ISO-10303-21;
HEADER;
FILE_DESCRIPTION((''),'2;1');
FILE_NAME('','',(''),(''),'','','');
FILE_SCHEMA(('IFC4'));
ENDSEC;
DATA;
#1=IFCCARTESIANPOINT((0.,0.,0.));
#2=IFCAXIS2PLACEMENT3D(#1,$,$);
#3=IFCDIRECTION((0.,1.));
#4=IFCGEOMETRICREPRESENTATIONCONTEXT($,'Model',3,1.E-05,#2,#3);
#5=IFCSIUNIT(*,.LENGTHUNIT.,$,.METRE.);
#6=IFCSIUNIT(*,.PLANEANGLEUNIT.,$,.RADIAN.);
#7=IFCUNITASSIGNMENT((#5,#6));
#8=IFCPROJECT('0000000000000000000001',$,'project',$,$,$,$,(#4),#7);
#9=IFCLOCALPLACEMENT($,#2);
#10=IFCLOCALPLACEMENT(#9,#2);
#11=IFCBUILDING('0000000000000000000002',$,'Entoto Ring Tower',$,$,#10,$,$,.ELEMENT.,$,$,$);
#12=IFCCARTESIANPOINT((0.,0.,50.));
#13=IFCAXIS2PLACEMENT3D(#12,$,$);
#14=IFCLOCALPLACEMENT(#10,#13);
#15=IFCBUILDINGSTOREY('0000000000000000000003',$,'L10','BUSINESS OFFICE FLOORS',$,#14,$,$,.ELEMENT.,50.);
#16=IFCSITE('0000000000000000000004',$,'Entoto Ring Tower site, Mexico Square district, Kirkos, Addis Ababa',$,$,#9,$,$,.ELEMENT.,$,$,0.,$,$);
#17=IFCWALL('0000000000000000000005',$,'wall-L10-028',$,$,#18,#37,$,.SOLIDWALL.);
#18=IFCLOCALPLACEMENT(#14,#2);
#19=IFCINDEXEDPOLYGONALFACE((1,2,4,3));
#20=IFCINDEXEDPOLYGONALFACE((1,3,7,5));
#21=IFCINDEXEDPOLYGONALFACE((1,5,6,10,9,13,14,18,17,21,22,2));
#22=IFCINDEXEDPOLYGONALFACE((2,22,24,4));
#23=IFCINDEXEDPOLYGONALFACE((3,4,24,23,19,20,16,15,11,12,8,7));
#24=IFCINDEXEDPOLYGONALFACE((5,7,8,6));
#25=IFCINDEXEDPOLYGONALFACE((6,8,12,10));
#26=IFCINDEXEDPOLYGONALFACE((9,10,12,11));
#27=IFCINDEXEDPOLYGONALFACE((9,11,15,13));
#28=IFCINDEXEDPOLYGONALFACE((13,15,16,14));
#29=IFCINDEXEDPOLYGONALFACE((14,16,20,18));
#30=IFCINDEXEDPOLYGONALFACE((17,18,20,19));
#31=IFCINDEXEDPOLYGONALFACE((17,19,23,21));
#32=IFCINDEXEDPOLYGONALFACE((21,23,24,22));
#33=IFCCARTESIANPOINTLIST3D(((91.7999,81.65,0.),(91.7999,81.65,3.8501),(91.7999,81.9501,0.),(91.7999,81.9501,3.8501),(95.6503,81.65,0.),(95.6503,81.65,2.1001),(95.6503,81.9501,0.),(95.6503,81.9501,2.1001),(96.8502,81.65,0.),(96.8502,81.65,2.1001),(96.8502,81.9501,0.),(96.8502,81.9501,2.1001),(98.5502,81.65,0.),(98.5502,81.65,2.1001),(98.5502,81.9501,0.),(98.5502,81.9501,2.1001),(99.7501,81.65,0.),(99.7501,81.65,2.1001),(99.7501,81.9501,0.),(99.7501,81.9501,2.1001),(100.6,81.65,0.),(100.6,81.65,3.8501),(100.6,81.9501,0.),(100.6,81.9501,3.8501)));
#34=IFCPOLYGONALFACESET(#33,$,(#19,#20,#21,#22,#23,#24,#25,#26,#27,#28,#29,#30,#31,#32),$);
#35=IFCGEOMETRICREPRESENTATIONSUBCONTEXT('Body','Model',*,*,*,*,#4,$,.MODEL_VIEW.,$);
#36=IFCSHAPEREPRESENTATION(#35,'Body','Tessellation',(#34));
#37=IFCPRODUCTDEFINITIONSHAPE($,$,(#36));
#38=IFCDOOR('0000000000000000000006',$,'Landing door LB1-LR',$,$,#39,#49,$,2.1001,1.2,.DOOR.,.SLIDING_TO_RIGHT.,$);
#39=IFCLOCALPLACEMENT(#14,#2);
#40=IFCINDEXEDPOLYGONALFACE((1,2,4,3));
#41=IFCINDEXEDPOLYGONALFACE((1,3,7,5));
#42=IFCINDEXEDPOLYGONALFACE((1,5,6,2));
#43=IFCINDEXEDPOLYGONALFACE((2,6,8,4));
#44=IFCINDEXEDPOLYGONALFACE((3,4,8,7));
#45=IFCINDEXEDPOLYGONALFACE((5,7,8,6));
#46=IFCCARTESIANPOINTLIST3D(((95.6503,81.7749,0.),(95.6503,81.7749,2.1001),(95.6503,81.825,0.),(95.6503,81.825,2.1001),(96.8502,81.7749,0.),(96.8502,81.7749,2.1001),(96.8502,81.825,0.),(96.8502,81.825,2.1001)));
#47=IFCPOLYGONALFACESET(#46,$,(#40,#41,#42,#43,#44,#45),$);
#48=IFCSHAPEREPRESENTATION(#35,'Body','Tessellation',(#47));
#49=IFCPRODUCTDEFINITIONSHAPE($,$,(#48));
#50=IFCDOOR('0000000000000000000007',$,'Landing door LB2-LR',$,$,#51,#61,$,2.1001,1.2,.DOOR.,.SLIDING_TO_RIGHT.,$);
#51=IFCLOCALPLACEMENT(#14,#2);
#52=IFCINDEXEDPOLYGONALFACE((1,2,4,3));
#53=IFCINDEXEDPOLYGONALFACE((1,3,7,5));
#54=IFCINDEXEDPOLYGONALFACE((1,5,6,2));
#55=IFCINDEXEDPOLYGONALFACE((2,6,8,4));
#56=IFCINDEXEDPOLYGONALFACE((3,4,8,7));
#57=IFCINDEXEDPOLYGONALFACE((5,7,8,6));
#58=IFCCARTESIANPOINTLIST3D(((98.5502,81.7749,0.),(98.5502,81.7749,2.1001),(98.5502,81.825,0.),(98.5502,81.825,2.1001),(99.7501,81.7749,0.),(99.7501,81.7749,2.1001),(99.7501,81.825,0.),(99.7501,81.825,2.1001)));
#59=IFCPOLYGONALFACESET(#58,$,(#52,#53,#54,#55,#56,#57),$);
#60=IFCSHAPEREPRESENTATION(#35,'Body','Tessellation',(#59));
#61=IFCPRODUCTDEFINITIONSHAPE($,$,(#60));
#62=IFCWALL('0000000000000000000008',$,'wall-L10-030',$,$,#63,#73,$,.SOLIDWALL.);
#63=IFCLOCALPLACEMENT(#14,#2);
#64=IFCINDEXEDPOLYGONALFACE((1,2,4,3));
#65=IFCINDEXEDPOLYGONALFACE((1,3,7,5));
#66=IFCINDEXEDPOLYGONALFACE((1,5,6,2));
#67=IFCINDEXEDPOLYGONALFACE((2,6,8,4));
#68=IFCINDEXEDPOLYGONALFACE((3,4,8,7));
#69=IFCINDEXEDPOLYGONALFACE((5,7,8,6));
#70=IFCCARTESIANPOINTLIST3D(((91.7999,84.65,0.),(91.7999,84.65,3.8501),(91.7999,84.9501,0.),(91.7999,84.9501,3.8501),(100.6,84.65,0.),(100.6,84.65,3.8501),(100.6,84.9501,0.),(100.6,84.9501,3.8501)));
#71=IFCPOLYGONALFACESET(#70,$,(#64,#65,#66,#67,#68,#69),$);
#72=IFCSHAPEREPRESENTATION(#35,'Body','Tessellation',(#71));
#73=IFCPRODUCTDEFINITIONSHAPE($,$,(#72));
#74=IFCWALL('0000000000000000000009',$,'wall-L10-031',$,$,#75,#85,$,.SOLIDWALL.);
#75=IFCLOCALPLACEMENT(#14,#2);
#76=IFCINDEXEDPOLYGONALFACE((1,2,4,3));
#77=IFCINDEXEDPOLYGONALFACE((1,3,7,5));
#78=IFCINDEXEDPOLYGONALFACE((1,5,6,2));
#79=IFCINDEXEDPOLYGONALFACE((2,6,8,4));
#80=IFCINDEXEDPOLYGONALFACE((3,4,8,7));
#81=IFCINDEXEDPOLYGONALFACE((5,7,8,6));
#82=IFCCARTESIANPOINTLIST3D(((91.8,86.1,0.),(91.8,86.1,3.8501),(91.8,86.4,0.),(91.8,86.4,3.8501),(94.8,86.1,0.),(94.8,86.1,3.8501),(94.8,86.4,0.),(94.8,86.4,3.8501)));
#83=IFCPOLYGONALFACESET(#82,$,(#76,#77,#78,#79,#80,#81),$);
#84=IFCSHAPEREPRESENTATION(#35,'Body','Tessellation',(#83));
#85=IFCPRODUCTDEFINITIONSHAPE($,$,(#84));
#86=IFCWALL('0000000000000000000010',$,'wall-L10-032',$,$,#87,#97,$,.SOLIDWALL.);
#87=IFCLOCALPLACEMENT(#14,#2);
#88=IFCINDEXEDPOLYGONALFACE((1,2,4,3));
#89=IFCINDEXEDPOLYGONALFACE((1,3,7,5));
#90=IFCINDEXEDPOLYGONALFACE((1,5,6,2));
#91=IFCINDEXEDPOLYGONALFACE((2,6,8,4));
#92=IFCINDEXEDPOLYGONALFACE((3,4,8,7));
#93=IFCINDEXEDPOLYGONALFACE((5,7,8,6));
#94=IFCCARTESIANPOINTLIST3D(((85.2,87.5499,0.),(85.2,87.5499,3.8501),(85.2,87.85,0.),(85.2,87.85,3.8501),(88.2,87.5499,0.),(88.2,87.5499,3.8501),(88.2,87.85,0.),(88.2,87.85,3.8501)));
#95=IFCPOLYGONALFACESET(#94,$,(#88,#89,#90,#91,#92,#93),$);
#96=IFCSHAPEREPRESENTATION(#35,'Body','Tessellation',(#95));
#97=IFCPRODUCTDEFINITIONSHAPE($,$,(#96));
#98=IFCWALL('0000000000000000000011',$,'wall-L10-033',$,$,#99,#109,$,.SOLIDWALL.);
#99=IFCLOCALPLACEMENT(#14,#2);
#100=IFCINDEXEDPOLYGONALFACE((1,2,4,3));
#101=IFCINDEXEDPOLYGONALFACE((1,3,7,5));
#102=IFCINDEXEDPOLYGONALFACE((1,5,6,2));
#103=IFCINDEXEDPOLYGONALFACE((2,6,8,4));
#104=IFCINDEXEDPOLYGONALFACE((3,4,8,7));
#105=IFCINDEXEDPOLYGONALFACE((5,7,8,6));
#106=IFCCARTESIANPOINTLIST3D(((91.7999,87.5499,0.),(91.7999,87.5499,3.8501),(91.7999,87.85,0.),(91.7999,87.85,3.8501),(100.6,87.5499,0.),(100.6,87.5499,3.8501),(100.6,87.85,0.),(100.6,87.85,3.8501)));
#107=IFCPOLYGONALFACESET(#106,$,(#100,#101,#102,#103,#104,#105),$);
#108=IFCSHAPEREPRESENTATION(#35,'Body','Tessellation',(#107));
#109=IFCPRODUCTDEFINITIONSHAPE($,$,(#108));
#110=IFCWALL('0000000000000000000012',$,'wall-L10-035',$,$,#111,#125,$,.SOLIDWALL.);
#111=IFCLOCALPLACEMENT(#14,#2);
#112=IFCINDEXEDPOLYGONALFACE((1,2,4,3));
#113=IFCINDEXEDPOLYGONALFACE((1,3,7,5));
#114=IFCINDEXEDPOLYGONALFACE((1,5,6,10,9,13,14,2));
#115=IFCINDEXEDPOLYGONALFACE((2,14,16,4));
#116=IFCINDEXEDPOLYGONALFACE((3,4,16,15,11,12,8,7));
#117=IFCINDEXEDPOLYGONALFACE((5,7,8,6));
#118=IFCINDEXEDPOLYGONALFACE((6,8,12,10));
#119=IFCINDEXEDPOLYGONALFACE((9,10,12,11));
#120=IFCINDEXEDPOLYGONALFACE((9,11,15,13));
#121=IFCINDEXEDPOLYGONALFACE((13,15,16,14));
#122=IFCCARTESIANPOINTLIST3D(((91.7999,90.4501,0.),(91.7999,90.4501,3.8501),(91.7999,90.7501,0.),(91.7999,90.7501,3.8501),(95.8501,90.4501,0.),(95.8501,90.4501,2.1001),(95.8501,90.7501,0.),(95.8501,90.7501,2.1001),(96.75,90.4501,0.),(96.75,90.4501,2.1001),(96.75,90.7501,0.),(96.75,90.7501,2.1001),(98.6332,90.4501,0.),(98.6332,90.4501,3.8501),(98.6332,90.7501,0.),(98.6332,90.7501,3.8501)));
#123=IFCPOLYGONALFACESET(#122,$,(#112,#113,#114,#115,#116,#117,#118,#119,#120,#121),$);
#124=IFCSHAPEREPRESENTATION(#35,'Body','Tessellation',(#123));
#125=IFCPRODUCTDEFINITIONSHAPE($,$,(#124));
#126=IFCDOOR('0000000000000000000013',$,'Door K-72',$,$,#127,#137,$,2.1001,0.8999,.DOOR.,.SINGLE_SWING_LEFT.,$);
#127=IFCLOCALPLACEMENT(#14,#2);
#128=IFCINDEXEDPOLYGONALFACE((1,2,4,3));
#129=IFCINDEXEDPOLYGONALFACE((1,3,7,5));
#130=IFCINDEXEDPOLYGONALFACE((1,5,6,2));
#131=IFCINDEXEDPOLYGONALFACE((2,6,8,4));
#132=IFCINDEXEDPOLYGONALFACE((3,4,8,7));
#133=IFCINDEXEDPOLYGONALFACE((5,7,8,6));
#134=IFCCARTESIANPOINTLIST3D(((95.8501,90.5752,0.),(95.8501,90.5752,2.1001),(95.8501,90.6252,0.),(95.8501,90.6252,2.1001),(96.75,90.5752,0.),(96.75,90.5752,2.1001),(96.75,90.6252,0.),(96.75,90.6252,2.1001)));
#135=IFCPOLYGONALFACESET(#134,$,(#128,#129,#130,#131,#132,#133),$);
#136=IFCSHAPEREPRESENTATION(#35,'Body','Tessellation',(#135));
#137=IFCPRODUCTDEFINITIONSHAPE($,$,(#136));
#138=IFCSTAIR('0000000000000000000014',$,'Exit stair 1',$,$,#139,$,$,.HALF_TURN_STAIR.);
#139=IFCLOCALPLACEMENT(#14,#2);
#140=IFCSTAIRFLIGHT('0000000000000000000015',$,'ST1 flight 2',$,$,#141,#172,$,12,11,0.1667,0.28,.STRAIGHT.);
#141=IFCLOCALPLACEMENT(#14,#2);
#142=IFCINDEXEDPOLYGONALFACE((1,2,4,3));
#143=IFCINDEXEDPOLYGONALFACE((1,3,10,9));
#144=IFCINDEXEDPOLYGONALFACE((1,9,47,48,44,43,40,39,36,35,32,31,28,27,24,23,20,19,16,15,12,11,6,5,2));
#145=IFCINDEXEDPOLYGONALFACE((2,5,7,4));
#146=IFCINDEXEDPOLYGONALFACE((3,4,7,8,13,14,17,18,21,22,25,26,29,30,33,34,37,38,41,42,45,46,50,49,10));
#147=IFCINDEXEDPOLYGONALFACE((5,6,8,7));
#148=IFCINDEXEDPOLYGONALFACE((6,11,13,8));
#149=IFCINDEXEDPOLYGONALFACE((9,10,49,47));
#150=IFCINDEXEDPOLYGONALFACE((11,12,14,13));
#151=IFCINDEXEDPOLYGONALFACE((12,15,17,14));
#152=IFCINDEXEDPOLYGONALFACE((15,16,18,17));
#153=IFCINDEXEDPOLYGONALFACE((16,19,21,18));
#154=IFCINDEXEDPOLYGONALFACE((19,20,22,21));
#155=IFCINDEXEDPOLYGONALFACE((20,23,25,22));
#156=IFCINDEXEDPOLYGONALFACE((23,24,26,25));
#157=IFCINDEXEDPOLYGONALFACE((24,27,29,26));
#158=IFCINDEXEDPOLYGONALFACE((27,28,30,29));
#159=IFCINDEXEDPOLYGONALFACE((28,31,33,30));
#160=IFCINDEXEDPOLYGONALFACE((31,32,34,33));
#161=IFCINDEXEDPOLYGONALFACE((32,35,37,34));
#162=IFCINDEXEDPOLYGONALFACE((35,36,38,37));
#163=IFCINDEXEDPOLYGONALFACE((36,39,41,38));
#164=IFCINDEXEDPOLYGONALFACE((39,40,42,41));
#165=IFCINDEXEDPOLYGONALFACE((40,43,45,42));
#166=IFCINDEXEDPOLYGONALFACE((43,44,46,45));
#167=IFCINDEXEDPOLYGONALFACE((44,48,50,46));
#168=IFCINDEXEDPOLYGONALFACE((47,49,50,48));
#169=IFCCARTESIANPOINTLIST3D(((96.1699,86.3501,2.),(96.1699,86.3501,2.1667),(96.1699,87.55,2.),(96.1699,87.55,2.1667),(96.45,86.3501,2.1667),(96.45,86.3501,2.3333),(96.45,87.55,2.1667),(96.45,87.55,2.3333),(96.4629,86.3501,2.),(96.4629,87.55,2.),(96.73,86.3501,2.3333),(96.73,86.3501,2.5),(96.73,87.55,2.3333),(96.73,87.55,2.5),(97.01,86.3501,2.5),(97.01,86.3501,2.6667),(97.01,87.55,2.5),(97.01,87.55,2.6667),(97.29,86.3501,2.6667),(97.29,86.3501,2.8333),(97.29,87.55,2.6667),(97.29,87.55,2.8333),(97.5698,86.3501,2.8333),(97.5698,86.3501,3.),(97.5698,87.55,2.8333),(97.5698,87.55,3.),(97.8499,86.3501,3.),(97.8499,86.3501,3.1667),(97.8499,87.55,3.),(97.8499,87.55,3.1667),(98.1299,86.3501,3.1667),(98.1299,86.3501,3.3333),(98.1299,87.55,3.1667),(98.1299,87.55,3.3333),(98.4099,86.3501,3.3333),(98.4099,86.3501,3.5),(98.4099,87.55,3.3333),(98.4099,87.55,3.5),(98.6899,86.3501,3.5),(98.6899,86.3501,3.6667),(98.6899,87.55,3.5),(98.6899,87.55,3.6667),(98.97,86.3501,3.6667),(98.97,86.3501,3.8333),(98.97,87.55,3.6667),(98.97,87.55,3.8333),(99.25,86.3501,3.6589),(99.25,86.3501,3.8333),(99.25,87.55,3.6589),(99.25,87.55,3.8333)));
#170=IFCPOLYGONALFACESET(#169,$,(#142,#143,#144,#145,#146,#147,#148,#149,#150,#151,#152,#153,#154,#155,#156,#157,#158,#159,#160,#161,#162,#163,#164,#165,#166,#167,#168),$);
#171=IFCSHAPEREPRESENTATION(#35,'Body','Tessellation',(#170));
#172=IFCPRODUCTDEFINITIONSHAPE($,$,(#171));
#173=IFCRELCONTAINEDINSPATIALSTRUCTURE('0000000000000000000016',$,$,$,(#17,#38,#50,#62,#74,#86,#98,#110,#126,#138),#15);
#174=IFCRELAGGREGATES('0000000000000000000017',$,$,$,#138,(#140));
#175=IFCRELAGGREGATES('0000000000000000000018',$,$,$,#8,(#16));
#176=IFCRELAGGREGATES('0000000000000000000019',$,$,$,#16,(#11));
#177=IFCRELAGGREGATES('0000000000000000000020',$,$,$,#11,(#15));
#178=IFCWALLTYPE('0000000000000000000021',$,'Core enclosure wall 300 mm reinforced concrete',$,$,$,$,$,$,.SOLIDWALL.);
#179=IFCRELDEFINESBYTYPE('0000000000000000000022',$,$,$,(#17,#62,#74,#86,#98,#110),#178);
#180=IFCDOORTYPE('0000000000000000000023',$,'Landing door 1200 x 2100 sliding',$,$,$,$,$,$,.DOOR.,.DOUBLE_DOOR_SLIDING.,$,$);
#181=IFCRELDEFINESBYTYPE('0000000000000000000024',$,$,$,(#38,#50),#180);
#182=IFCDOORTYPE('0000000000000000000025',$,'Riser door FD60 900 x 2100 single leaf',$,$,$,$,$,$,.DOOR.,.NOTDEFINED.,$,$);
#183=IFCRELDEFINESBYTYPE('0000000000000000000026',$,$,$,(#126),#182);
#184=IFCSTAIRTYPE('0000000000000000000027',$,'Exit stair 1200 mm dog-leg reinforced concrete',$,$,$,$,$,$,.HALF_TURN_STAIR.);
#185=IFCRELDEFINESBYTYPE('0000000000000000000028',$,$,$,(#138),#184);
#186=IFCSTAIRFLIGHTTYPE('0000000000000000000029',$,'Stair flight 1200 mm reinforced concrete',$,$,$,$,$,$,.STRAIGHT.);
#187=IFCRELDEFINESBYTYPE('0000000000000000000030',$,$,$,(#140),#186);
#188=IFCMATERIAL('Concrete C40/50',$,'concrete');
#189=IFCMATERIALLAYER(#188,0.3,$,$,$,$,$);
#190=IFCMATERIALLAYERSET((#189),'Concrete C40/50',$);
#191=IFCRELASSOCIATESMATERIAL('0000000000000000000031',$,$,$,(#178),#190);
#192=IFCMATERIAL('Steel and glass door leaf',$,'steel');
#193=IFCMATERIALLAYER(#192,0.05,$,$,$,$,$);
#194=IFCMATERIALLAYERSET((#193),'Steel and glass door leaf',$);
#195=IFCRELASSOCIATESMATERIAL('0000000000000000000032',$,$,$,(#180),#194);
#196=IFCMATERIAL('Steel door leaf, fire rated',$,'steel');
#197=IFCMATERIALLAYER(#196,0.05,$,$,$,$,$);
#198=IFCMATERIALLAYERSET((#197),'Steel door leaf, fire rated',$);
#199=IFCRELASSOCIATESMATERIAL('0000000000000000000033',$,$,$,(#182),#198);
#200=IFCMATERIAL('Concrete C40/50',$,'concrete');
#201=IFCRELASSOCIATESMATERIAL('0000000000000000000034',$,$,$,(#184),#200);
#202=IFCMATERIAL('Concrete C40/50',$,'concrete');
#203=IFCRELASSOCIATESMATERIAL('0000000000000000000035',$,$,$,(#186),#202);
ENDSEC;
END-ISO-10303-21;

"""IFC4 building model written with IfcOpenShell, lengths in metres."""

from ifc_helpers import new_model, si_unit, direction, frame, frame_2d, origin, place, context, subcontext, project, spatial, polyline, rectangle, outline, extrude, material, layer, layer_set, type_object, element, fill, aggregate, save


model = new_model("IFC4")

# Units and contexts
model_context = context("Model", 3, precision=1e-05, world=origin(), true_north=direction((0.0, 1.0)))
body_context = subcontext(model_context, "Body", "Model", "MODEL_VIEW")
ifc_project = project(units=[si_unit("LENGTHUNIT", "METRE"), si_unit("PLANEANGLEUNIT", "RADIAN")], contexts=[model_context])

# Site, building, storey
site_placement = place(None, origin())
site = spatial("IfcSite", under=ifc_project, at=site_placement, Name="Entoto Ring Tower site, Mexico Square district, Kirkos, Addis Ababa", CompositionType="ELEMENT", RefElevation=0.0)
building_placement = place(site_placement, origin())
building = spatial("IfcBuilding", under=site, at=building_placement, Name="Entoto Ring Tower", CompositionType="ELEMENT")
storey_placement = place(building_placement, frame((0.0, 0.0, 50.0)))
storey = spatial("IfcBuildingStorey", under=building, at=storey_placement, Name="L10", Description="BUSINESS OFFICE FLOORS", CompositionType="ELEMENT", Elevation=50.0)

# Shared definitions
ifc_material_1 = material(Name="Concrete C40/50", Category="concrete")
ifc_layer_1 = layer(ifc_material_1, 0.3)
ifc_layer_set_1 = layer_set([ifc_layer_1], Name="Concrete C40/50")
wall_type = type_object("IfcWallType", Name="Core enclosure wall 300 mm reinforced concrete", PredefinedType="SOLIDWALL", material=ifc_layer_set_1)

# Wall, openings, doors
ifc_material_2 = material(Name="Steel and glass door leaf", Category="steel")
ifc_layer_2 = layer(ifc_material_2, 0.05)
ifc_layer_set_2 = layer_set([ifc_layer_2], Name="Steel and glass door leaf")
door_type_1 = type_object("IfcDoorType", Name="Landing door 1200 x 2100 sliding", OperationType="DOUBLE_DOOR_SLIDING", PredefinedType="DOOR", material=ifc_layer_set_2)
wall_1_placement = place(storey_placement, frame((91.8, 81.8, 0.0), z_axis=(0.0, 0.0, 1.0), x_axis=(1.0, 0.0, 0.0)))
wall_1 = element("IfcWall", 1, at=wall_1_placement, inside=storey, type_object=wall_type, Name="wall-L10-028", PredefinedType="SOLIDWALL", context=body_context, shape_type="SweptSolid", body=[
    extrude(rectangle(XDim=8.8, YDim=0.3, at=frame_2d((4.3999, 0.0))), origin(), (0.0, 0.0, 1.0), 3.8501),
])
opening_1_placement = place(wall_1_placement, frame((3.8501, 0.0, 0.0)))
opening_1 = element("IfcOpeningElement", 2, at=opening_1_placement, cuts=wall_1, PredefinedType="OPENING", context=body_context, shape_type="SweptSolid", body=[
    extrude(rectangle(XDim=1.2, YDim=2.1001, at=frame_2d((0.6001, 1.05))), frame((0.0, 0.1602, 0.0), z_axis=(0.0, -1.0, 0.0), x_axis=(1.0, 0.0, 0.0)), (0.0, 0.0, 1.0), 0.3201),
])
opening_2_placement = place(wall_1_placement, frame((6.75, 0.0, 0.0)))
opening_2 = element("IfcOpeningElement", 3, at=opening_2_placement, cuts=wall_1, PredefinedType="OPENING", context=body_context, shape_type="SweptSolid", body=[
    extrude(rectangle(XDim=1.2, YDim=2.1001, at=frame_2d((0.6001, 1.05))), frame((0.0, 0.1602, 0.0), z_axis=(0.0, -1.0, 0.0), x_axis=(1.0, 0.0, 0.0)), (0.0, 0.0, 1.0), 0.3201),
])
door_1_placement = place(opening_1_placement, origin())
door_1 = element("IfcDoor", 4, at=door_1_placement, inside=storey, type_object=door_type_1, Name="Landing door LB1-LR", OperationType="SLIDING_TO_RIGHT", OverallHeight=2.1001, OverallWidth=1.2, PredefinedType="DOOR", context=body_context, shape_type="SweptSolid", body=[
    extrude(rectangle(XDim=1.2, YDim=2.1001, at=frame_2d((0.6001, 1.05))), frame((0.0, 0.0249, 0.0), z_axis=(0.0, -1.0, 0.0), x_axis=(1.0, 0.0, 0.0)), (0.0, 0.0, 1.0), 0.05),
])
fill(opening_1, door_1)
door_2_placement = place(opening_2_placement, origin())
door_2 = element("IfcDoor", 5, at=door_2_placement, inside=storey, type_object=door_type_1, Name="Landing door LB2-LR", OperationType="SLIDING_TO_RIGHT", OverallHeight=2.1001, OverallWidth=1.2, PredefinedType="DOOR", context=body_context, shape_type="SweptSolid", body=[
    extrude(rectangle(XDim=1.2, YDim=2.1001, at=frame_2d((0.6001, 1.05))), frame((0.0, 0.0249, 0.0), z_axis=(0.0, -1.0, 0.0), x_axis=(1.0, 0.0, 0.0)), (0.0, 0.0, 1.0), 0.05),
])
fill(opening_2, door_2)

# Walls
wall_2_placement = place(storey_placement, frame((91.8, 84.8, 0.0), z_axis=(0.0, 0.0, 1.0), x_axis=(1.0, 0.0, 0.0)))
element("IfcWall", 6, at=wall_2_placement, inside=storey, type_object=wall_type, Name="wall-L10-030", PredefinedType="SOLIDWALL", context=body_context, shape_type="SweptSolid", body=[
    extrude(rectangle(XDim=8.8, YDim=0.3, at=frame_2d((4.3999, 0.0))), origin(), (0.0, 0.0, 1.0), 3.8501),
])
for number, where, z_axis, x_axis, name in (
    (7, (91.8, 86.25, 0.0), (0.0, 0.0, 1.0), (1.0, 0.0, 0.0), "wall-L10-031"),
    (8, (85.2, 87.7, 0.0), (0.0, 0.0, 1.0), (1.0, 0.0, 0.0), "wall-L10-032"),
):
    element("IfcWall", number, at=place(storey_placement, frame(where, z_axis=z_axis, x_axis=x_axis)), inside=storey, type_object=wall_type, Name=name, PredefinedType="SOLIDWALL", context=body_context, shape_type="SweptSolid", body=[
        extrude(rectangle(XDim=3.0, YDim=0.3, at=frame_2d((1.5, 0.0))), origin(), (0.0, 0.0, 1.0), 3.8501),
    ])
wall_3_placement = place(storey_placement, frame((91.8, 87.7, 0.0), z_axis=(0.0, 0.0, 1.0), x_axis=(1.0, 0.0, 0.0)))
element("IfcWall", 9, at=wall_3_placement, inside=storey, type_object=wall_type, Name="wall-L10-033", PredefinedType="SOLIDWALL", context=body_context, shape_type="SweptSolid", body=[
    extrude(rectangle(XDim=8.8, YDim=0.3, at=frame_2d((4.3999, 0.0))), origin(), (0.0, 0.0, 1.0), 3.8501),
])

# Wall, opening, door
wall_4_placement = place(storey_placement, frame((91.8, 90.6001, 0.0), z_axis=(0.0, 0.0, 1.0), x_axis=(1.0, 0.0, 0.0)))
wall_4 = element("IfcWall", 10, at=wall_4_placement, inside=storey, type_object=wall_type, Name="wall-L10-035", PredefinedType="SOLIDWALL", context=body_context, shape_type="SweptSolid", body=[
    extrude(rectangle(XDim=6.8333, YDim=0.3, at=frame_2d((3.4165, 0.0))), origin(), (0.0, 0.0, 1.0), 3.8501),
])
opening_3_placement = place(wall_4_placement, frame((4.05, 0.0, 0.0)))
opening_3 = element("IfcOpeningElement", 11, at=opening_3_placement, cuts=wall_4, PredefinedType="OPENING", context=body_context, shape_type="SweptSolid", body=[
    extrude(rectangle(XDim=0.8999, YDim=2.1001, at=frame_2d((0.45, 1.05))), frame((0.0, 0.1602, 0.0), z_axis=(0.0, -1.0, 0.0), x_axis=(1.0, 0.0, 0.0)), (0.0, 0.0, 1.0), 0.3201),
])
ifc_material_3 = material(Name="Steel door leaf, fire rated", Category="steel")
ifc_layer_3 = layer(ifc_material_3, 0.05)
ifc_layer_set_3 = layer_set([ifc_layer_3], Name="Steel door leaf, fire rated")
door_type_2 = type_object("IfcDoorType", Name="Riser door FD60 900 x 2100 single leaf", OperationType="NOTDEFINED", PredefinedType="DOOR", material=ifc_layer_set_3)
door_3_placement = place(opening_3_placement, frame((0.8999, 0.0, 0.0), z_axis=(0.0, 0.0, 1.0), x_axis=(-1.0, 0.0, 0.0)))
door_3 = element("IfcDoor", 12, at=door_3_placement, inside=storey, type_object=door_type_2, Name="Door K-72", OperationType="SINGLE_SWING_LEFT", OverallHeight=2.1001, OverallWidth=0.8999, PredefinedType="DOOR", context=body_context, shape_type="SweptSolid", body=[
    extrude(rectangle(XDim=0.8999, YDim=2.1001, at=frame_2d((0.45, 1.05))), frame((0.0, 0.0249, 0.0), z_axis=(0.0, -1.0, 0.0), x_axis=(1.0, 0.0, 0.0)), (0.0, 0.0, 1.0), 0.05),
])
fill(opening_3, door_3)

# Stair, stair flight
ifc_material_4 = material(Name="Concrete C40/50", Category="concrete")
stair_type = type_object("IfcStairType", Name="Exit stair 1200 mm dog-leg reinforced concrete", PredefinedType="HALF_TURN_STAIR", material=ifc_material_4)
stair_placement = place(storey_placement, origin())
stair = element("IfcStair", 13, at=stair_placement, inside=storey, type_object=stair_type, Name="Exit stair 1", PredefinedType="HALF_TURN_STAIR")
ifc_material_5 = material(Name="Concrete C40/50", Category="concrete")
stair_flight_type = type_object("IfcStairFlightType", Name="Stair flight 1200 mm reinforced concrete", PredefinedType="STRAIGHT", material=ifc_material_5)
stair_flight_placement = place(storey_placement, frame((96.1699, 86.95, 2.0), z_axis=(0.0, 0.0, 1.0), x_axis=(1.0, 0.0, 0.0)))
stair_flight = element("IfcStairFlight", 14, at=stair_flight_placement, type_object=stair_flight_type, Name="ST1 flight 2", NumberOfRisers=12, NumberOfTreads=11, PredefinedType="STRAIGHT", RiserHeight=0.1667, TreadLength=0.28, context=body_context, shape_type="SweptSolid", body=[
    extrude(outline(polyline([(0.0, 0.0), (0.0, 0.1667), (0.28, 0.1667), (0.28, 0.3333), (0.5601, 0.3333), (0.5601, 0.5), (0.8401, 0.5), (0.8401, 0.6667), (1.1201, 0.6667), (1.1201, 0.8333), (1.3999, 0.8333), (1.3999, 1.0), (1.6799, 1.0), (1.6799, 1.1667), (1.96, 1.1667), (1.96, 1.3333), (2.24, 1.3333), (2.24, 1.5), (2.52, 1.5), (2.52, 1.6667), (2.8, 1.6667), (2.8, 1.8333), (3.0801, 1.8333), (3.0801, 2.0), (3.0801, 1.6589), (0.293, 0.0), (0.0, 0.0)])), frame((0.0, 0.6001, 0.0), z_axis=(0.0, -1.0, 0.0), x_axis=(1.0, 0.0, 0.0)), (0.0, 0.0, 1.0), 1.2),
])
aggregate(stair, [stair_flight])

save(model, "model.ifc")
